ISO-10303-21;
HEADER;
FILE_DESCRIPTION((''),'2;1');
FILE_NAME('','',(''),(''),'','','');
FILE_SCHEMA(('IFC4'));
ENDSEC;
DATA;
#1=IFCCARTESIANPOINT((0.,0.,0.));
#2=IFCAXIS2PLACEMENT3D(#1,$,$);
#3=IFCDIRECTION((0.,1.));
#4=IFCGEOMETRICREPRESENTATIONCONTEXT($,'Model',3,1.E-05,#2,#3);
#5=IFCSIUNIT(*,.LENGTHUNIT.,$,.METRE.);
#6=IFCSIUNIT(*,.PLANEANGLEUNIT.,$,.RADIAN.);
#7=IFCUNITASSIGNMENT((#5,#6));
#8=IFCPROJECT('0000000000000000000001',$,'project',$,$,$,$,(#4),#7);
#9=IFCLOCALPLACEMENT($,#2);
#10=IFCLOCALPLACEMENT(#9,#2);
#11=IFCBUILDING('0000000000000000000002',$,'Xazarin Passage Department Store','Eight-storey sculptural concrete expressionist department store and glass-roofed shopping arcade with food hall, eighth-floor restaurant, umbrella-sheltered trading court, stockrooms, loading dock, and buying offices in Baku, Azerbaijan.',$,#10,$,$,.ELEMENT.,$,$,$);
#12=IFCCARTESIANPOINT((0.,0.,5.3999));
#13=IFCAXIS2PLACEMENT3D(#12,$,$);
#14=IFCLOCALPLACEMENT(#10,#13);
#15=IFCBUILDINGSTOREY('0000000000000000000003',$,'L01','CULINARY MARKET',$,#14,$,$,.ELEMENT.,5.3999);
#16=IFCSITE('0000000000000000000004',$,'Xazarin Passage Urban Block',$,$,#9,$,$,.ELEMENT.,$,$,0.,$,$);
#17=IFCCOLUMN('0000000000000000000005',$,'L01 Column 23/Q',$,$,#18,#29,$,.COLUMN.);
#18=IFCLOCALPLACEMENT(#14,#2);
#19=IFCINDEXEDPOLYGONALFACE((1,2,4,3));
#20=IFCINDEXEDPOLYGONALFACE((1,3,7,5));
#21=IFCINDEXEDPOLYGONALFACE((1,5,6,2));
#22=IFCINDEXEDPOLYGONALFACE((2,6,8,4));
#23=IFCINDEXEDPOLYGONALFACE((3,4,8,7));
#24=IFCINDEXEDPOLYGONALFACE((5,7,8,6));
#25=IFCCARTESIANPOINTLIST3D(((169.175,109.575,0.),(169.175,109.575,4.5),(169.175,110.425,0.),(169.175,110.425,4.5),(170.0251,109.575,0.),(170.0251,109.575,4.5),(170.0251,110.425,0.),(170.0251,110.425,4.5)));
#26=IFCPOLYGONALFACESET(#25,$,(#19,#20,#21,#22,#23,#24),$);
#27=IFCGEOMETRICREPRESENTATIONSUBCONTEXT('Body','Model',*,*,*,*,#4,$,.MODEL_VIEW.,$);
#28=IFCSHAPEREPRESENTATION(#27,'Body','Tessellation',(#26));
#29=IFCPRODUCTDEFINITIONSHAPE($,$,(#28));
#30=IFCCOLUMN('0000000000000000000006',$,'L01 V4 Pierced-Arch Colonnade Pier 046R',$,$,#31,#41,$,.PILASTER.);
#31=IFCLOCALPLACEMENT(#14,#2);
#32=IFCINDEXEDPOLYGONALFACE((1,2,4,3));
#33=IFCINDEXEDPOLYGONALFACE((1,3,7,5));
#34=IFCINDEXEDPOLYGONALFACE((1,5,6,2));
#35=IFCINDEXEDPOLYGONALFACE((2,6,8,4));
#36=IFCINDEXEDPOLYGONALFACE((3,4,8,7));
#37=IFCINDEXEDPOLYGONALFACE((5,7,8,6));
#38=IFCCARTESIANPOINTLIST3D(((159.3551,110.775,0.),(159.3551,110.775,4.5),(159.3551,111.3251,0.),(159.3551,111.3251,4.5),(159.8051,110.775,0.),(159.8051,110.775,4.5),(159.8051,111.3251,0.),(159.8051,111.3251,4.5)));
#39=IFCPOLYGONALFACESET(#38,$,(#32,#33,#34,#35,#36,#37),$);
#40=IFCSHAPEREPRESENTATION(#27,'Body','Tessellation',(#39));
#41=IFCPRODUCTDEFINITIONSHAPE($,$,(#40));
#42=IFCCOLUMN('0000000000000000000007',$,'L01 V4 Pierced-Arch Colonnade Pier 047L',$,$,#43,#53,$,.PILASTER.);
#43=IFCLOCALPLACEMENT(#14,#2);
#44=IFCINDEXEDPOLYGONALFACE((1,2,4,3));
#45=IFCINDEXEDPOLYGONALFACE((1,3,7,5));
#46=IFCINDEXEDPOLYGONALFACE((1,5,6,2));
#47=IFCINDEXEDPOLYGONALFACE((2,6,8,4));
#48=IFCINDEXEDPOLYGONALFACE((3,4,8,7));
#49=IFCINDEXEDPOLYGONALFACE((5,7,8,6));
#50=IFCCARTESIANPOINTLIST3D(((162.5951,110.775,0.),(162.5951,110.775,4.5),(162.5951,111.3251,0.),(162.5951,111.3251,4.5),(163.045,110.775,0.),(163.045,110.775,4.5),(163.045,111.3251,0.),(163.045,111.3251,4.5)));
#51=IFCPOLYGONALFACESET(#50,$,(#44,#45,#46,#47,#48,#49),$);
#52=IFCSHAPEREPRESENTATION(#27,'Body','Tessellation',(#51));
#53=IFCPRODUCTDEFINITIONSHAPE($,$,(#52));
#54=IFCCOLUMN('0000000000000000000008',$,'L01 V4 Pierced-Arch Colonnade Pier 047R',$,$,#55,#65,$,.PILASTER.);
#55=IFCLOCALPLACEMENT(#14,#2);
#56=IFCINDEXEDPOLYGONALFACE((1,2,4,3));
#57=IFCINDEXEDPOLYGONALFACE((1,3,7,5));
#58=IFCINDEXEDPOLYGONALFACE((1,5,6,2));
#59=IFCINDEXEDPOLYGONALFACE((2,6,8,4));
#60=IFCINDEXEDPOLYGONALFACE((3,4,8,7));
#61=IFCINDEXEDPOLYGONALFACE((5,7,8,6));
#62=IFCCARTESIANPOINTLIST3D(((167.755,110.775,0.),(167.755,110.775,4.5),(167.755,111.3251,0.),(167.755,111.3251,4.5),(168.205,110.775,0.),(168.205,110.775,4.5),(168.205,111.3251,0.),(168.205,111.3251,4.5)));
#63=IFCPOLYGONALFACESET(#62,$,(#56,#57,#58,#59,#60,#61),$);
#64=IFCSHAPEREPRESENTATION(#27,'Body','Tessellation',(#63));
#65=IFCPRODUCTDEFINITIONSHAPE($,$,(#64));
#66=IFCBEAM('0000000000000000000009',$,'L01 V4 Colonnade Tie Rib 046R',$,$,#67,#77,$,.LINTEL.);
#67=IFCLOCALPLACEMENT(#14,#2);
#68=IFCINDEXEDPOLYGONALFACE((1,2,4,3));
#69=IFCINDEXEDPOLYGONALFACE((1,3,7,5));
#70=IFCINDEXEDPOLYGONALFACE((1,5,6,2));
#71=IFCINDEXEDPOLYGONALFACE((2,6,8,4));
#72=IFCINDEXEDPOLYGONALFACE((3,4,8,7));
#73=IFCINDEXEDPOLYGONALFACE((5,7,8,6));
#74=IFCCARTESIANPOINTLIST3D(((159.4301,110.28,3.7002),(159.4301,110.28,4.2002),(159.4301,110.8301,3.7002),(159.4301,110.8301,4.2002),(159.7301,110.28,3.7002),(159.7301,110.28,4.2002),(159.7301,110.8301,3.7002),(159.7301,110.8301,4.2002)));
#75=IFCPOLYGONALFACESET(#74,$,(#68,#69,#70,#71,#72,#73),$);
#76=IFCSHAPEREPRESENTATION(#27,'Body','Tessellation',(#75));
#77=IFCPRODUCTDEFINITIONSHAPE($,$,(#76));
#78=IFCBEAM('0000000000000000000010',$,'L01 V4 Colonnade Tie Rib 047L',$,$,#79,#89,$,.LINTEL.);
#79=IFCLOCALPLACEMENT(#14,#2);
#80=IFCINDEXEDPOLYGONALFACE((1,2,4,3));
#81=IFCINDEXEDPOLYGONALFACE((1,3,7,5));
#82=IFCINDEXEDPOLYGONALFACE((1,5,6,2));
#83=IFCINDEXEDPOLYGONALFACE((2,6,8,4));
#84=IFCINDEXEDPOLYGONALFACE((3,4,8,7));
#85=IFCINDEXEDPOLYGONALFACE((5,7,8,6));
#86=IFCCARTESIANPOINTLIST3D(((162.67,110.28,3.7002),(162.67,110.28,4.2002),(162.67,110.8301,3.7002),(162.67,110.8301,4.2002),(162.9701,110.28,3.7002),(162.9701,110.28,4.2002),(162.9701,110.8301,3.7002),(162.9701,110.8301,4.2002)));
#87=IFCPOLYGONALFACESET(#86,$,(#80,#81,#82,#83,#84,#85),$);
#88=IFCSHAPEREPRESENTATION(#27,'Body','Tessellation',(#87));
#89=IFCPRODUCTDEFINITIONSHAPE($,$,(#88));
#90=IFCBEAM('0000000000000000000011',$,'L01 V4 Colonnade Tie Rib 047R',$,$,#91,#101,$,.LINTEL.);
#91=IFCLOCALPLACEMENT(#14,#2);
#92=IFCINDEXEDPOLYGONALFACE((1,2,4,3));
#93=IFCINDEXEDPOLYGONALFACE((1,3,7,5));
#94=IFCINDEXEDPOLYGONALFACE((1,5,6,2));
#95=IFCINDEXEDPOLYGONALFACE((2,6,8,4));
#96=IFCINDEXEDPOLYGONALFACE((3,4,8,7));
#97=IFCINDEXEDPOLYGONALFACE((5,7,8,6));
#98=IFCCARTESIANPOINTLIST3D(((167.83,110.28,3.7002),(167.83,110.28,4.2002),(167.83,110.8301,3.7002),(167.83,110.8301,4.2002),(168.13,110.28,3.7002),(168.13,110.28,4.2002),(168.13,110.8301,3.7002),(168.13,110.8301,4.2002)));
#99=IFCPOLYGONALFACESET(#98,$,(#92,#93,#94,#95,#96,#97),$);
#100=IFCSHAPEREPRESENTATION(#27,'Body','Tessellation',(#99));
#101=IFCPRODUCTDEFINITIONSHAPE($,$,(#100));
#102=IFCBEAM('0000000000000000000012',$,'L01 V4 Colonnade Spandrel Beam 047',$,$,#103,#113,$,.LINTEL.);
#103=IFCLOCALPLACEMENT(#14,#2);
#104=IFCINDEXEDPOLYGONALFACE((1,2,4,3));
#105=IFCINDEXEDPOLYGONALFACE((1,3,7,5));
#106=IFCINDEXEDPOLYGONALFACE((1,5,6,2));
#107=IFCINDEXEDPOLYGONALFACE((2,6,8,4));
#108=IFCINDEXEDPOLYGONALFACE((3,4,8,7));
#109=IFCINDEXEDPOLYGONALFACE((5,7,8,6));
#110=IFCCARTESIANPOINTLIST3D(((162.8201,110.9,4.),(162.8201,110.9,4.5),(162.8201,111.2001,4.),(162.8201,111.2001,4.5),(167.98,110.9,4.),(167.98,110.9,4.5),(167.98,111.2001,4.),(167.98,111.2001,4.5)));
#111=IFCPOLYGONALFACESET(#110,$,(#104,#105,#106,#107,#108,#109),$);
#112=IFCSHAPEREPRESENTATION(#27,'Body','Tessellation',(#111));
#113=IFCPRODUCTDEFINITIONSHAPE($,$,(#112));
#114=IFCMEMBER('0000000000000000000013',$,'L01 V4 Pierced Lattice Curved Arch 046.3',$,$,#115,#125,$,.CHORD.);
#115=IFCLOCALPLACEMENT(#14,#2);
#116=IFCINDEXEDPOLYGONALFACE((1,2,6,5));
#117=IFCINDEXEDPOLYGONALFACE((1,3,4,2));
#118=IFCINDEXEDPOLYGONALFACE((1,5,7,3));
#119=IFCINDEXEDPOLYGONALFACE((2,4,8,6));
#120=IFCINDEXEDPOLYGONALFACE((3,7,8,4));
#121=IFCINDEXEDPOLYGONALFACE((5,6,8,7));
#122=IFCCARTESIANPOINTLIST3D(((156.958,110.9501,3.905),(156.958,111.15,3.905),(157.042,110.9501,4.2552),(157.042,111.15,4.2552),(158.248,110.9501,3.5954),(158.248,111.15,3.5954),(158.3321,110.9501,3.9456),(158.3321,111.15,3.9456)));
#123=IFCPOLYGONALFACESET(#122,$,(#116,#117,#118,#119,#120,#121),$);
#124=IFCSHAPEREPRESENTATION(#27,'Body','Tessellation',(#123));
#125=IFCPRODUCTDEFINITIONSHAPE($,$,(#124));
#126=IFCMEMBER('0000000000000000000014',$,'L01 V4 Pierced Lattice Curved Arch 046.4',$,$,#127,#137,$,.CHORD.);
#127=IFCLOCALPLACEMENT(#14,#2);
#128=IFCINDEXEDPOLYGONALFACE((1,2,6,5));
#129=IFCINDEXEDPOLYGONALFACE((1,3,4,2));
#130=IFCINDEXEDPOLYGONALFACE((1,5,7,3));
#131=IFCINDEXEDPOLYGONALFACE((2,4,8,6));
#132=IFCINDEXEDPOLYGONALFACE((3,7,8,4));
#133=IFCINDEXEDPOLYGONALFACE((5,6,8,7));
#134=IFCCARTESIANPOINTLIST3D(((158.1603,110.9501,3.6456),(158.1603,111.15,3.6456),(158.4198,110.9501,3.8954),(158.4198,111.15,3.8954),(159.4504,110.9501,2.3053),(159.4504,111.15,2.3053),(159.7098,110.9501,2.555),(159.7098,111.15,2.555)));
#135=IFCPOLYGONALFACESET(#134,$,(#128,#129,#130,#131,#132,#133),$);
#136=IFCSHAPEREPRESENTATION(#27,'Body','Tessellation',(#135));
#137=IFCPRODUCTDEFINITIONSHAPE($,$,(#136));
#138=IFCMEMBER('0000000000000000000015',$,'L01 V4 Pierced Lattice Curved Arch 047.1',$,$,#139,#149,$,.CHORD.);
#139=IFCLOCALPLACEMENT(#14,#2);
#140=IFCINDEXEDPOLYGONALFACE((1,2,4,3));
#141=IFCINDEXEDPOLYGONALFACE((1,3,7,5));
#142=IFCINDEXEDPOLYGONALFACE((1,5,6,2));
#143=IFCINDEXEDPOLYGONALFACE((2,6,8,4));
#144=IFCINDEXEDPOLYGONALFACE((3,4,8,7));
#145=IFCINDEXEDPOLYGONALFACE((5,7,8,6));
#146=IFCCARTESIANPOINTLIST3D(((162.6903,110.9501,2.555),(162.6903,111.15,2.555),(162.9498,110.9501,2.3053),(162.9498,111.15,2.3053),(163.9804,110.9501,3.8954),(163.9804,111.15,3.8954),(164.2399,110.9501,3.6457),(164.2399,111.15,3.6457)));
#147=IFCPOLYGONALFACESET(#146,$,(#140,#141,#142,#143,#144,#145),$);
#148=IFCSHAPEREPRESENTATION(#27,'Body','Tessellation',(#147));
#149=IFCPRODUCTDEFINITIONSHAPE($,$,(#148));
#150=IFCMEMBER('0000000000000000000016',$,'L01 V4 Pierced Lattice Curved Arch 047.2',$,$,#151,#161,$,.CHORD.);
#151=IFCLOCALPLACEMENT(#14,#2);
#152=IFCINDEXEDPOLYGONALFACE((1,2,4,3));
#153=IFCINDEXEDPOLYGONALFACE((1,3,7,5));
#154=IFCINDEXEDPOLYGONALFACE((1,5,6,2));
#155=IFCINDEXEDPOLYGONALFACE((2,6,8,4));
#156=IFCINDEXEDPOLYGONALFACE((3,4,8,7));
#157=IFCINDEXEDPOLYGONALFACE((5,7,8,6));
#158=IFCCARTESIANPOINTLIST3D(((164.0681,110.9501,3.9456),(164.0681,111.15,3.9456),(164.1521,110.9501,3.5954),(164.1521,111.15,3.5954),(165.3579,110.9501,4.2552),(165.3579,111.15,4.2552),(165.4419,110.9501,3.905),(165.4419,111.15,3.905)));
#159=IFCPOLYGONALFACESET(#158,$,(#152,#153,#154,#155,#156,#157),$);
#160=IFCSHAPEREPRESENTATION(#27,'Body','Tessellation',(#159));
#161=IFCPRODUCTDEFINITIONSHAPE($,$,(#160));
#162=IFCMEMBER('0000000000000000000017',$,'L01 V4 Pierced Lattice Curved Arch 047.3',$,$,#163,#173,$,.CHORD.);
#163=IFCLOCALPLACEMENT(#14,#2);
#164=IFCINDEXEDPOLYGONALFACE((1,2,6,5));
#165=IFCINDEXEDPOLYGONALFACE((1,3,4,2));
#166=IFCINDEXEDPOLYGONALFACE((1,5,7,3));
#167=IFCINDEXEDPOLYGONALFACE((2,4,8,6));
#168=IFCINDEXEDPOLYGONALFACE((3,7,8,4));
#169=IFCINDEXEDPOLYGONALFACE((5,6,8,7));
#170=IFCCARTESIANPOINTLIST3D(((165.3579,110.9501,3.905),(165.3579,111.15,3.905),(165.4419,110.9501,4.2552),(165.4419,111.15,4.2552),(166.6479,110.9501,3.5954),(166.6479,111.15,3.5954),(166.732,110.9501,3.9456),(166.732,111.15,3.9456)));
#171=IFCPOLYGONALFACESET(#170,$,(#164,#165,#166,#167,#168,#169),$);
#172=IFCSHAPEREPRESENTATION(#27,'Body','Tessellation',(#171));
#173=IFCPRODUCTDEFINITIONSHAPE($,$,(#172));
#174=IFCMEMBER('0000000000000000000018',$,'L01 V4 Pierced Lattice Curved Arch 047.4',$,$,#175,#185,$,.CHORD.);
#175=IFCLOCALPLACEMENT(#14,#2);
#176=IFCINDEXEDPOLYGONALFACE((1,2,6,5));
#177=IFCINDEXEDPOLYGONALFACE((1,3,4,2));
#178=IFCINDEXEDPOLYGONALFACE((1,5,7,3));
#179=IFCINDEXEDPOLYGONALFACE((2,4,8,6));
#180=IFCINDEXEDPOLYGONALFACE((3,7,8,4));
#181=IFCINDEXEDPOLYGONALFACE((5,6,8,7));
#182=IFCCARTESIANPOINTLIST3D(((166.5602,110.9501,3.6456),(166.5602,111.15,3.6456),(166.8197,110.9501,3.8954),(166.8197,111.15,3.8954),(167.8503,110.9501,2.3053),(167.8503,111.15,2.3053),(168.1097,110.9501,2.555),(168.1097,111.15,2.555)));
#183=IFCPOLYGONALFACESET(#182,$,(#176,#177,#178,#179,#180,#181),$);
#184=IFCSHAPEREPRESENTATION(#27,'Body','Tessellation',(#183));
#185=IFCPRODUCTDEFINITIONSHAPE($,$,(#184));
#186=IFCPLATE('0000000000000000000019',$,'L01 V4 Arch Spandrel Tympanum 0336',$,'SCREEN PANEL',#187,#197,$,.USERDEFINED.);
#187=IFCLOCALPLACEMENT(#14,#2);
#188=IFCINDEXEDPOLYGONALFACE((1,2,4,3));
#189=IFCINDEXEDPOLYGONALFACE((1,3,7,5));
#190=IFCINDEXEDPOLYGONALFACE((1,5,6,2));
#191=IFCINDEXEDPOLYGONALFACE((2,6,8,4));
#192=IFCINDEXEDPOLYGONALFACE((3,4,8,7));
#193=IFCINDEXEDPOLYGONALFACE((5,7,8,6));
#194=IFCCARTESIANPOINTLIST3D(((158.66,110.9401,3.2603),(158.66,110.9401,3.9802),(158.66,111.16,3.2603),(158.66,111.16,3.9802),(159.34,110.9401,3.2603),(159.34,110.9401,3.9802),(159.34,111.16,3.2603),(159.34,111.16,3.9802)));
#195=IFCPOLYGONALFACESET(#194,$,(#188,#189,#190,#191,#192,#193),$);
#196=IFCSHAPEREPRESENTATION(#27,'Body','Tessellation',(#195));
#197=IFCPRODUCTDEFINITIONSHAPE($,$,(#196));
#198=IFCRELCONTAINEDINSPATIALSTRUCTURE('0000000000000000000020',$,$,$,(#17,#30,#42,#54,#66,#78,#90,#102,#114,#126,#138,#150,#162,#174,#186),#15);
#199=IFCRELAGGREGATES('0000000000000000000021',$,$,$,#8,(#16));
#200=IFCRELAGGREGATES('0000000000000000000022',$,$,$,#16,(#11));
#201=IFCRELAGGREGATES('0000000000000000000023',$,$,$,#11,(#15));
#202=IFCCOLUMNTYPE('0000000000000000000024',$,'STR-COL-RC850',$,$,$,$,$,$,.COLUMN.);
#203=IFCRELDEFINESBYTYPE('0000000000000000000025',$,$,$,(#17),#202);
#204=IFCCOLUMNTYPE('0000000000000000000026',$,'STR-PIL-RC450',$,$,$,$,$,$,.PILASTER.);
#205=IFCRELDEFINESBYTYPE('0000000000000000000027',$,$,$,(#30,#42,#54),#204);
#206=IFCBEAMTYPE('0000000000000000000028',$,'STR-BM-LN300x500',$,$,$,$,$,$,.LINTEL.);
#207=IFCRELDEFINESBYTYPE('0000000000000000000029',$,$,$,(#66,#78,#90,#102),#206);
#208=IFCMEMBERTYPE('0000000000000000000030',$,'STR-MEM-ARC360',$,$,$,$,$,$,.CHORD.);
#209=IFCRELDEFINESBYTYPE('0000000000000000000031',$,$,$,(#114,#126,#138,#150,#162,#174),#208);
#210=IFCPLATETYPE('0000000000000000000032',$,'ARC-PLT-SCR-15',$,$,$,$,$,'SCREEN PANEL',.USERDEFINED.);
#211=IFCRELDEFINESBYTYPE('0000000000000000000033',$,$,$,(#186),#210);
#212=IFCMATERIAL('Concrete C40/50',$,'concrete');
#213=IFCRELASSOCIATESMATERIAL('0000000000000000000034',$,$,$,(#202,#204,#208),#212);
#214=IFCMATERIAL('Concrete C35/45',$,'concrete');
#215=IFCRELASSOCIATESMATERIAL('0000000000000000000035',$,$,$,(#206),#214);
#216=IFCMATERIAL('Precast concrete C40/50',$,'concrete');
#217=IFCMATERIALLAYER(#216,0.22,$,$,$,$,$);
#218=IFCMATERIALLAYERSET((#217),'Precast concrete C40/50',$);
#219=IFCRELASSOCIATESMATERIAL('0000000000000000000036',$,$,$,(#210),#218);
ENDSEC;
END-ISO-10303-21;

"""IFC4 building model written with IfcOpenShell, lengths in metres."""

from ifc_helpers import new_model, si_unit, direction, frame, origin, origin_2d, place, context, subcontext, project, spatial, rectangle, extrude, material, layer, layer_set, material_profile, profile_set, type_object, element, save


model = new_model("IFC4")

# Units and contexts
model_context = context("Model", 3, precision=1e-05, world=origin(), true_north=direction((0.0, 1.0)))
body_context = subcontext(model_context, "Body", "Model", "MODEL_VIEW")
ifc_project = project(units=[si_unit("LENGTHUNIT", "METRE"), si_unit("PLANEANGLEUNIT", "RADIAN")], contexts=[model_context])

# Site, building, storey
site_placement = place(None, origin())
site = spatial("IfcSite", under=ifc_project, at=site_placement, Name="Xazarin Passage Urban Block", CompositionType="ELEMENT", RefElevation=0.0)
building_placement = place(site_placement, origin())
building = spatial("IfcBuilding", under=site, at=building_placement, Name="Xazarin Passage Department Store", Description="Eight-storey sculptural concrete expressionist department store and glass-roofed shopping arcade with food hall, eighth-floor restaurant, umbrella-sheltered trading court, stockrooms, loading dock, and buying offices in Baku, Azerbaijan.", CompositionType="ELEMENT")
storey_placement = place(building_placement, frame((0.0, 0.0, 5.3999)))
storey = spatial("IfcBuildingStorey", under=building, at=storey_placement, Name="L01", Description="CULINARY MARKET", CompositionType="ELEMENT", Elevation=5.3999)

# Columns
ifc_material_1 = material(Name="Concrete C40/50", Category="concrete")
ifc_material_profile_1 = material_profile(ifc_material_1, rectangle(XDim=0.8501, YDim=0.8501, at=origin_2d()), Name="RC 850x850")
ifc_profile_set_1 = profile_set([ifc_material_profile_1], Name="Concrete C40/50")
column_type_1 = type_object("IfcColumnType", Name="STR-COL-RC850", PredefinedType="COLUMN", material=ifc_profile_set_1)
column_placement = place(storey_placement, frame((169.6001, 110.0, 0.0), z_axis=(0.0, 0.0, 1.0), x_axis=(1.0, 0.0, 0.0)))
element("IfcColumn", 1, at=column_placement, inside=storey, type_object=column_type_1, Name="L01 Column 23/Q", PredefinedType="COLUMN", context=body_context, shape_type="SweptSolid", body=[
    extrude(rectangle(XDim=0.8501, YDim=0.8501, at=origin_2d()), origin(), (0.0, 0.0, 1.0), 4.5),
])
ifc_material_profile_2 = material_profile(ifc_material_1, rectangle(XDim=0.45, YDim=0.55, at=origin_2d()), Name="RC 450x550")
ifc_profile_set_2 = profile_set([ifc_material_profile_2], Name="Concrete C40/50")
column_type_2 = type_object("IfcColumnType", Name="STR-PIL-RC450", PredefinedType="PILASTER", material=ifc_profile_set_2)
for number, where, z_axis, x_axis, name in (
    (2, (159.5801, 111.05, 0.0), (0.0, 0.0, 1.0), (1.0, 0.0, 0.0), "L01 V4 Pierced-Arch Colonnade Pier 046R"),
    (3, (162.8201, 111.05, 0.0), (0.0, 0.0, 1.0), (1.0, 0.0, 0.0), "L01 V4 Pierced-Arch Colonnade Pier 047L"),
    (4, (167.98, 111.05, 0.0), (0.0, 0.0, 1.0), (1.0, 0.0, 0.0), "L01 V4 Pierced-Arch Colonnade Pier 047R"),
):
    element("IfcColumn", number, at=place(storey_placement, frame(where, z_axis=z_axis, x_axis=x_axis)), inside=storey, type_object=column_type_2, Name=name, PredefinedType="PILASTER", context=body_context, shape_type="SweptSolid", body=[
        extrude(rectangle(XDim=0.45, YDim=0.55, at=origin_2d()), origin(), (0.0, 0.0, 1.0), 4.5),
    ])

# Beams
ifc_material_2 = material(Name="Concrete C35/45", Category="concrete")
ifc_material_profile_3 = material_profile(ifc_material_2, rectangle(XDim=0.3, YDim=0.5, at=origin_2d()), Name="RC 300x500")
ifc_profile_set_3 = profile_set([ifc_material_profile_3], Name="Concrete C35/45")
beam_type = type_object("IfcBeamType", Name="STR-BM-LN300x500", PredefinedType="LINTEL", material=ifc_profile_set_3)
for number, where, z_axis, x_axis, name in (
    (5, (159.5801, 110.28, 3.9502), (0.0, 1.0, 0.0), (-1.0, 0.0, 0.0), "L01 V4 Colonnade Tie Rib 046R"),
    (6, (162.8201, 110.28, 3.9502), (0.0, 1.0, 0.0), (-1.0, 0.0, 0.0), "L01 V4 Colonnade Tie Rib 047L"),
    (7, (167.98, 110.28, 3.9502), (0.0, 1.0, 0.0), (-1.0, 0.0, 0.0), "L01 V4 Colonnade Tie Rib 047R"),
):
    element("IfcBeam", number, at=place(storey_placement, frame(where, z_axis=z_axis, x_axis=x_axis)), inside=storey, type_object=beam_type, Name=name, PredefinedType="LINTEL", context=body_context, shape_type="SweptSolid", body=[
        extrude(rectangle(XDim=0.3, YDim=0.5, at=origin_2d()), origin(), (0.0, 0.0, 1.0), 0.55),
    ])
beam_placement = place(storey_placement, frame((162.8201, 111.05, 4.25), z_axis=(1.0, 0.0, 0.0), x_axis=(0.0, 1.0, 0.0)))
element("IfcBeam", 8, at=beam_placement, inside=storey, type_object=beam_type, Name="L01 V4 Colonnade Spandrel Beam 047", PredefinedType="LINTEL", context=body_context, shape_type="SweptSolid", body=[
    extrude(rectangle(XDim=0.3, YDim=0.5, at=origin_2d()), origin(), (0.0, 0.0, 1.0), 5.1599),
])

# Members
ifc_material_profile_4 = material_profile(ifc_material_1, rectangle(XDim=0.2, YDim=0.3601, at=origin_2d()), Name="RC 200x360")
ifc_profile_set_4 = profile_set([ifc_material_profile_4], Name="Concrete C40/50")
member_type = type_object("IfcMemberType", Name="STR-MEM-ARC360", PredefinedType="CHORD", material=ifc_profile_set_4)
member_1_placement = place(storey_placement, frame((157.0, 111.05, 4.0801), z_axis=(0.972394, 0.0, -0.233345), x_axis=(0.0, 1.0, 0.0)))
element("IfcMember", 9, at=member_1_placement, inside=storey, type_object=member_type, Name="L01 V4 Pierced Lattice Curved Arch 046.3", PredefinedType="CHORD", context=body_context, shape_type="SweptSolid", body=[
    extrude(rectangle(XDim=0.2, YDim=0.3601, at=origin_2d()), origin(), (0.0, 0.0, 1.0), 1.3267),
])
for number, where, z_axis, x_axis, name in (
    (10, (158.29, 111.05, 3.7705), (0.69346, 0.0, -0.720495), (0.0, 1.0, 0.0), "L01 V4 Pierced Lattice Curved Arch 046.4"),
    (11, (162.8201, 111.05, 2.4302), (0.69346, 0.0, 0.720495), (0.0, 1.0, 0.0), "L01 V4 Pierced Lattice Curved Arch 047.1"),
):
    element("IfcMember", number, at=place(storey_placement, frame(where, z_axis=z_axis, x_axis=x_axis)), inside=storey, type_object=member_type, Name=name, PredefinedType="CHORD", context=body_context, shape_type="SweptSolid", body=[
        extrude(rectangle(XDim=0.2, YDim=0.3601, at=origin_2d()), origin(), (0.0, 0.0, 1.0), 1.8604),
    ])
member_2_placement = place(storey_placement, frame((164.1101, 111.05, 3.7705), z_axis=(0.972384, 0.0, 0.233387), x_axis=(0.0, 1.0, 0.0)))
element("IfcMember", 12, at=member_2_placement, inside=storey, type_object=member_type, Name="L01 V4 Pierced Lattice Curved Arch 047.2", PredefinedType="CHORD", context=body_context, shape_type="SweptSolid", body=[
    extrude(rectangle(XDim=0.2, YDim=0.3601, at=origin_2d()), origin(), (0.0, 0.0, 1.0), 1.3264),
])
member_3_placement = place(storey_placement, frame((165.3999, 111.05, 4.0801), z_axis=(0.972394, 0.0, -0.233345), x_axis=(0.0, 1.0, 0.0)))
element("IfcMember", 13, at=member_3_placement, inside=storey, type_object=member_type, Name="L01 V4 Pierced Lattice Curved Arch 047.3", PredefinedType="CHORD", context=body_context, shape_type="SweptSolid", body=[
    extrude(rectangle(XDim=0.2, YDim=0.3601, at=origin_2d()), origin(), (0.0, 0.0, 1.0), 1.3267),
])
member_4_placement = place(storey_placement, frame((166.6899, 111.05, 3.7705), z_axis=(0.69346, 0.0, -0.720495), x_axis=(0.0, 1.0, 0.0)))
element("IfcMember", 14, at=member_4_placement, inside=storey, type_object=member_type, Name="L01 V4 Pierced Lattice Curved Arch 047.4", PredefinedType="CHORD", context=body_context, shape_type="SweptSolid", body=[
    extrude(rectangle(XDim=0.2, YDim=0.3601, at=origin_2d()), origin(), (0.0, 0.0, 1.0), 1.8604),
])

# Plate
ifc_material_3 = material(Name="Precast concrete C40/50", Category="concrete")
ifc_layer_1 = layer(ifc_material_3, 0.22)
ifc_layer_set_1 = layer_set([ifc_layer_1], Name="Precast concrete C40/50")
plate_type_1 = type_object("IfcPlateType", Name="ARC-PLT-SCR-15", ElementType="SCREEN PANEL", PredefinedType="USERDEFINED", material=ifc_layer_set_1)
plate_placement = place(storey_placement, frame((159.0, 111.05, 3.2603), z_axis=(0.0, 0.0, 1.0), x_axis=(1.0, 0.0, 0.0)))
element("IfcPlate", 15, at=plate_placement, inside=storey, type_object=plate_type_1, Name="L01 V4 Arch Spandrel Tympanum 0336", ObjectType="SCREEN PANEL", PredefinedType="USERDEFINED", context=body_context, shape_type="SweptSolid", body=[
    extrude(rectangle(XDim=0.6799, YDim=0.22, at=origin_2d()), origin(), (0.0, 0.0, 1.0), 0.72),
])

save(model, "model.ifc")
